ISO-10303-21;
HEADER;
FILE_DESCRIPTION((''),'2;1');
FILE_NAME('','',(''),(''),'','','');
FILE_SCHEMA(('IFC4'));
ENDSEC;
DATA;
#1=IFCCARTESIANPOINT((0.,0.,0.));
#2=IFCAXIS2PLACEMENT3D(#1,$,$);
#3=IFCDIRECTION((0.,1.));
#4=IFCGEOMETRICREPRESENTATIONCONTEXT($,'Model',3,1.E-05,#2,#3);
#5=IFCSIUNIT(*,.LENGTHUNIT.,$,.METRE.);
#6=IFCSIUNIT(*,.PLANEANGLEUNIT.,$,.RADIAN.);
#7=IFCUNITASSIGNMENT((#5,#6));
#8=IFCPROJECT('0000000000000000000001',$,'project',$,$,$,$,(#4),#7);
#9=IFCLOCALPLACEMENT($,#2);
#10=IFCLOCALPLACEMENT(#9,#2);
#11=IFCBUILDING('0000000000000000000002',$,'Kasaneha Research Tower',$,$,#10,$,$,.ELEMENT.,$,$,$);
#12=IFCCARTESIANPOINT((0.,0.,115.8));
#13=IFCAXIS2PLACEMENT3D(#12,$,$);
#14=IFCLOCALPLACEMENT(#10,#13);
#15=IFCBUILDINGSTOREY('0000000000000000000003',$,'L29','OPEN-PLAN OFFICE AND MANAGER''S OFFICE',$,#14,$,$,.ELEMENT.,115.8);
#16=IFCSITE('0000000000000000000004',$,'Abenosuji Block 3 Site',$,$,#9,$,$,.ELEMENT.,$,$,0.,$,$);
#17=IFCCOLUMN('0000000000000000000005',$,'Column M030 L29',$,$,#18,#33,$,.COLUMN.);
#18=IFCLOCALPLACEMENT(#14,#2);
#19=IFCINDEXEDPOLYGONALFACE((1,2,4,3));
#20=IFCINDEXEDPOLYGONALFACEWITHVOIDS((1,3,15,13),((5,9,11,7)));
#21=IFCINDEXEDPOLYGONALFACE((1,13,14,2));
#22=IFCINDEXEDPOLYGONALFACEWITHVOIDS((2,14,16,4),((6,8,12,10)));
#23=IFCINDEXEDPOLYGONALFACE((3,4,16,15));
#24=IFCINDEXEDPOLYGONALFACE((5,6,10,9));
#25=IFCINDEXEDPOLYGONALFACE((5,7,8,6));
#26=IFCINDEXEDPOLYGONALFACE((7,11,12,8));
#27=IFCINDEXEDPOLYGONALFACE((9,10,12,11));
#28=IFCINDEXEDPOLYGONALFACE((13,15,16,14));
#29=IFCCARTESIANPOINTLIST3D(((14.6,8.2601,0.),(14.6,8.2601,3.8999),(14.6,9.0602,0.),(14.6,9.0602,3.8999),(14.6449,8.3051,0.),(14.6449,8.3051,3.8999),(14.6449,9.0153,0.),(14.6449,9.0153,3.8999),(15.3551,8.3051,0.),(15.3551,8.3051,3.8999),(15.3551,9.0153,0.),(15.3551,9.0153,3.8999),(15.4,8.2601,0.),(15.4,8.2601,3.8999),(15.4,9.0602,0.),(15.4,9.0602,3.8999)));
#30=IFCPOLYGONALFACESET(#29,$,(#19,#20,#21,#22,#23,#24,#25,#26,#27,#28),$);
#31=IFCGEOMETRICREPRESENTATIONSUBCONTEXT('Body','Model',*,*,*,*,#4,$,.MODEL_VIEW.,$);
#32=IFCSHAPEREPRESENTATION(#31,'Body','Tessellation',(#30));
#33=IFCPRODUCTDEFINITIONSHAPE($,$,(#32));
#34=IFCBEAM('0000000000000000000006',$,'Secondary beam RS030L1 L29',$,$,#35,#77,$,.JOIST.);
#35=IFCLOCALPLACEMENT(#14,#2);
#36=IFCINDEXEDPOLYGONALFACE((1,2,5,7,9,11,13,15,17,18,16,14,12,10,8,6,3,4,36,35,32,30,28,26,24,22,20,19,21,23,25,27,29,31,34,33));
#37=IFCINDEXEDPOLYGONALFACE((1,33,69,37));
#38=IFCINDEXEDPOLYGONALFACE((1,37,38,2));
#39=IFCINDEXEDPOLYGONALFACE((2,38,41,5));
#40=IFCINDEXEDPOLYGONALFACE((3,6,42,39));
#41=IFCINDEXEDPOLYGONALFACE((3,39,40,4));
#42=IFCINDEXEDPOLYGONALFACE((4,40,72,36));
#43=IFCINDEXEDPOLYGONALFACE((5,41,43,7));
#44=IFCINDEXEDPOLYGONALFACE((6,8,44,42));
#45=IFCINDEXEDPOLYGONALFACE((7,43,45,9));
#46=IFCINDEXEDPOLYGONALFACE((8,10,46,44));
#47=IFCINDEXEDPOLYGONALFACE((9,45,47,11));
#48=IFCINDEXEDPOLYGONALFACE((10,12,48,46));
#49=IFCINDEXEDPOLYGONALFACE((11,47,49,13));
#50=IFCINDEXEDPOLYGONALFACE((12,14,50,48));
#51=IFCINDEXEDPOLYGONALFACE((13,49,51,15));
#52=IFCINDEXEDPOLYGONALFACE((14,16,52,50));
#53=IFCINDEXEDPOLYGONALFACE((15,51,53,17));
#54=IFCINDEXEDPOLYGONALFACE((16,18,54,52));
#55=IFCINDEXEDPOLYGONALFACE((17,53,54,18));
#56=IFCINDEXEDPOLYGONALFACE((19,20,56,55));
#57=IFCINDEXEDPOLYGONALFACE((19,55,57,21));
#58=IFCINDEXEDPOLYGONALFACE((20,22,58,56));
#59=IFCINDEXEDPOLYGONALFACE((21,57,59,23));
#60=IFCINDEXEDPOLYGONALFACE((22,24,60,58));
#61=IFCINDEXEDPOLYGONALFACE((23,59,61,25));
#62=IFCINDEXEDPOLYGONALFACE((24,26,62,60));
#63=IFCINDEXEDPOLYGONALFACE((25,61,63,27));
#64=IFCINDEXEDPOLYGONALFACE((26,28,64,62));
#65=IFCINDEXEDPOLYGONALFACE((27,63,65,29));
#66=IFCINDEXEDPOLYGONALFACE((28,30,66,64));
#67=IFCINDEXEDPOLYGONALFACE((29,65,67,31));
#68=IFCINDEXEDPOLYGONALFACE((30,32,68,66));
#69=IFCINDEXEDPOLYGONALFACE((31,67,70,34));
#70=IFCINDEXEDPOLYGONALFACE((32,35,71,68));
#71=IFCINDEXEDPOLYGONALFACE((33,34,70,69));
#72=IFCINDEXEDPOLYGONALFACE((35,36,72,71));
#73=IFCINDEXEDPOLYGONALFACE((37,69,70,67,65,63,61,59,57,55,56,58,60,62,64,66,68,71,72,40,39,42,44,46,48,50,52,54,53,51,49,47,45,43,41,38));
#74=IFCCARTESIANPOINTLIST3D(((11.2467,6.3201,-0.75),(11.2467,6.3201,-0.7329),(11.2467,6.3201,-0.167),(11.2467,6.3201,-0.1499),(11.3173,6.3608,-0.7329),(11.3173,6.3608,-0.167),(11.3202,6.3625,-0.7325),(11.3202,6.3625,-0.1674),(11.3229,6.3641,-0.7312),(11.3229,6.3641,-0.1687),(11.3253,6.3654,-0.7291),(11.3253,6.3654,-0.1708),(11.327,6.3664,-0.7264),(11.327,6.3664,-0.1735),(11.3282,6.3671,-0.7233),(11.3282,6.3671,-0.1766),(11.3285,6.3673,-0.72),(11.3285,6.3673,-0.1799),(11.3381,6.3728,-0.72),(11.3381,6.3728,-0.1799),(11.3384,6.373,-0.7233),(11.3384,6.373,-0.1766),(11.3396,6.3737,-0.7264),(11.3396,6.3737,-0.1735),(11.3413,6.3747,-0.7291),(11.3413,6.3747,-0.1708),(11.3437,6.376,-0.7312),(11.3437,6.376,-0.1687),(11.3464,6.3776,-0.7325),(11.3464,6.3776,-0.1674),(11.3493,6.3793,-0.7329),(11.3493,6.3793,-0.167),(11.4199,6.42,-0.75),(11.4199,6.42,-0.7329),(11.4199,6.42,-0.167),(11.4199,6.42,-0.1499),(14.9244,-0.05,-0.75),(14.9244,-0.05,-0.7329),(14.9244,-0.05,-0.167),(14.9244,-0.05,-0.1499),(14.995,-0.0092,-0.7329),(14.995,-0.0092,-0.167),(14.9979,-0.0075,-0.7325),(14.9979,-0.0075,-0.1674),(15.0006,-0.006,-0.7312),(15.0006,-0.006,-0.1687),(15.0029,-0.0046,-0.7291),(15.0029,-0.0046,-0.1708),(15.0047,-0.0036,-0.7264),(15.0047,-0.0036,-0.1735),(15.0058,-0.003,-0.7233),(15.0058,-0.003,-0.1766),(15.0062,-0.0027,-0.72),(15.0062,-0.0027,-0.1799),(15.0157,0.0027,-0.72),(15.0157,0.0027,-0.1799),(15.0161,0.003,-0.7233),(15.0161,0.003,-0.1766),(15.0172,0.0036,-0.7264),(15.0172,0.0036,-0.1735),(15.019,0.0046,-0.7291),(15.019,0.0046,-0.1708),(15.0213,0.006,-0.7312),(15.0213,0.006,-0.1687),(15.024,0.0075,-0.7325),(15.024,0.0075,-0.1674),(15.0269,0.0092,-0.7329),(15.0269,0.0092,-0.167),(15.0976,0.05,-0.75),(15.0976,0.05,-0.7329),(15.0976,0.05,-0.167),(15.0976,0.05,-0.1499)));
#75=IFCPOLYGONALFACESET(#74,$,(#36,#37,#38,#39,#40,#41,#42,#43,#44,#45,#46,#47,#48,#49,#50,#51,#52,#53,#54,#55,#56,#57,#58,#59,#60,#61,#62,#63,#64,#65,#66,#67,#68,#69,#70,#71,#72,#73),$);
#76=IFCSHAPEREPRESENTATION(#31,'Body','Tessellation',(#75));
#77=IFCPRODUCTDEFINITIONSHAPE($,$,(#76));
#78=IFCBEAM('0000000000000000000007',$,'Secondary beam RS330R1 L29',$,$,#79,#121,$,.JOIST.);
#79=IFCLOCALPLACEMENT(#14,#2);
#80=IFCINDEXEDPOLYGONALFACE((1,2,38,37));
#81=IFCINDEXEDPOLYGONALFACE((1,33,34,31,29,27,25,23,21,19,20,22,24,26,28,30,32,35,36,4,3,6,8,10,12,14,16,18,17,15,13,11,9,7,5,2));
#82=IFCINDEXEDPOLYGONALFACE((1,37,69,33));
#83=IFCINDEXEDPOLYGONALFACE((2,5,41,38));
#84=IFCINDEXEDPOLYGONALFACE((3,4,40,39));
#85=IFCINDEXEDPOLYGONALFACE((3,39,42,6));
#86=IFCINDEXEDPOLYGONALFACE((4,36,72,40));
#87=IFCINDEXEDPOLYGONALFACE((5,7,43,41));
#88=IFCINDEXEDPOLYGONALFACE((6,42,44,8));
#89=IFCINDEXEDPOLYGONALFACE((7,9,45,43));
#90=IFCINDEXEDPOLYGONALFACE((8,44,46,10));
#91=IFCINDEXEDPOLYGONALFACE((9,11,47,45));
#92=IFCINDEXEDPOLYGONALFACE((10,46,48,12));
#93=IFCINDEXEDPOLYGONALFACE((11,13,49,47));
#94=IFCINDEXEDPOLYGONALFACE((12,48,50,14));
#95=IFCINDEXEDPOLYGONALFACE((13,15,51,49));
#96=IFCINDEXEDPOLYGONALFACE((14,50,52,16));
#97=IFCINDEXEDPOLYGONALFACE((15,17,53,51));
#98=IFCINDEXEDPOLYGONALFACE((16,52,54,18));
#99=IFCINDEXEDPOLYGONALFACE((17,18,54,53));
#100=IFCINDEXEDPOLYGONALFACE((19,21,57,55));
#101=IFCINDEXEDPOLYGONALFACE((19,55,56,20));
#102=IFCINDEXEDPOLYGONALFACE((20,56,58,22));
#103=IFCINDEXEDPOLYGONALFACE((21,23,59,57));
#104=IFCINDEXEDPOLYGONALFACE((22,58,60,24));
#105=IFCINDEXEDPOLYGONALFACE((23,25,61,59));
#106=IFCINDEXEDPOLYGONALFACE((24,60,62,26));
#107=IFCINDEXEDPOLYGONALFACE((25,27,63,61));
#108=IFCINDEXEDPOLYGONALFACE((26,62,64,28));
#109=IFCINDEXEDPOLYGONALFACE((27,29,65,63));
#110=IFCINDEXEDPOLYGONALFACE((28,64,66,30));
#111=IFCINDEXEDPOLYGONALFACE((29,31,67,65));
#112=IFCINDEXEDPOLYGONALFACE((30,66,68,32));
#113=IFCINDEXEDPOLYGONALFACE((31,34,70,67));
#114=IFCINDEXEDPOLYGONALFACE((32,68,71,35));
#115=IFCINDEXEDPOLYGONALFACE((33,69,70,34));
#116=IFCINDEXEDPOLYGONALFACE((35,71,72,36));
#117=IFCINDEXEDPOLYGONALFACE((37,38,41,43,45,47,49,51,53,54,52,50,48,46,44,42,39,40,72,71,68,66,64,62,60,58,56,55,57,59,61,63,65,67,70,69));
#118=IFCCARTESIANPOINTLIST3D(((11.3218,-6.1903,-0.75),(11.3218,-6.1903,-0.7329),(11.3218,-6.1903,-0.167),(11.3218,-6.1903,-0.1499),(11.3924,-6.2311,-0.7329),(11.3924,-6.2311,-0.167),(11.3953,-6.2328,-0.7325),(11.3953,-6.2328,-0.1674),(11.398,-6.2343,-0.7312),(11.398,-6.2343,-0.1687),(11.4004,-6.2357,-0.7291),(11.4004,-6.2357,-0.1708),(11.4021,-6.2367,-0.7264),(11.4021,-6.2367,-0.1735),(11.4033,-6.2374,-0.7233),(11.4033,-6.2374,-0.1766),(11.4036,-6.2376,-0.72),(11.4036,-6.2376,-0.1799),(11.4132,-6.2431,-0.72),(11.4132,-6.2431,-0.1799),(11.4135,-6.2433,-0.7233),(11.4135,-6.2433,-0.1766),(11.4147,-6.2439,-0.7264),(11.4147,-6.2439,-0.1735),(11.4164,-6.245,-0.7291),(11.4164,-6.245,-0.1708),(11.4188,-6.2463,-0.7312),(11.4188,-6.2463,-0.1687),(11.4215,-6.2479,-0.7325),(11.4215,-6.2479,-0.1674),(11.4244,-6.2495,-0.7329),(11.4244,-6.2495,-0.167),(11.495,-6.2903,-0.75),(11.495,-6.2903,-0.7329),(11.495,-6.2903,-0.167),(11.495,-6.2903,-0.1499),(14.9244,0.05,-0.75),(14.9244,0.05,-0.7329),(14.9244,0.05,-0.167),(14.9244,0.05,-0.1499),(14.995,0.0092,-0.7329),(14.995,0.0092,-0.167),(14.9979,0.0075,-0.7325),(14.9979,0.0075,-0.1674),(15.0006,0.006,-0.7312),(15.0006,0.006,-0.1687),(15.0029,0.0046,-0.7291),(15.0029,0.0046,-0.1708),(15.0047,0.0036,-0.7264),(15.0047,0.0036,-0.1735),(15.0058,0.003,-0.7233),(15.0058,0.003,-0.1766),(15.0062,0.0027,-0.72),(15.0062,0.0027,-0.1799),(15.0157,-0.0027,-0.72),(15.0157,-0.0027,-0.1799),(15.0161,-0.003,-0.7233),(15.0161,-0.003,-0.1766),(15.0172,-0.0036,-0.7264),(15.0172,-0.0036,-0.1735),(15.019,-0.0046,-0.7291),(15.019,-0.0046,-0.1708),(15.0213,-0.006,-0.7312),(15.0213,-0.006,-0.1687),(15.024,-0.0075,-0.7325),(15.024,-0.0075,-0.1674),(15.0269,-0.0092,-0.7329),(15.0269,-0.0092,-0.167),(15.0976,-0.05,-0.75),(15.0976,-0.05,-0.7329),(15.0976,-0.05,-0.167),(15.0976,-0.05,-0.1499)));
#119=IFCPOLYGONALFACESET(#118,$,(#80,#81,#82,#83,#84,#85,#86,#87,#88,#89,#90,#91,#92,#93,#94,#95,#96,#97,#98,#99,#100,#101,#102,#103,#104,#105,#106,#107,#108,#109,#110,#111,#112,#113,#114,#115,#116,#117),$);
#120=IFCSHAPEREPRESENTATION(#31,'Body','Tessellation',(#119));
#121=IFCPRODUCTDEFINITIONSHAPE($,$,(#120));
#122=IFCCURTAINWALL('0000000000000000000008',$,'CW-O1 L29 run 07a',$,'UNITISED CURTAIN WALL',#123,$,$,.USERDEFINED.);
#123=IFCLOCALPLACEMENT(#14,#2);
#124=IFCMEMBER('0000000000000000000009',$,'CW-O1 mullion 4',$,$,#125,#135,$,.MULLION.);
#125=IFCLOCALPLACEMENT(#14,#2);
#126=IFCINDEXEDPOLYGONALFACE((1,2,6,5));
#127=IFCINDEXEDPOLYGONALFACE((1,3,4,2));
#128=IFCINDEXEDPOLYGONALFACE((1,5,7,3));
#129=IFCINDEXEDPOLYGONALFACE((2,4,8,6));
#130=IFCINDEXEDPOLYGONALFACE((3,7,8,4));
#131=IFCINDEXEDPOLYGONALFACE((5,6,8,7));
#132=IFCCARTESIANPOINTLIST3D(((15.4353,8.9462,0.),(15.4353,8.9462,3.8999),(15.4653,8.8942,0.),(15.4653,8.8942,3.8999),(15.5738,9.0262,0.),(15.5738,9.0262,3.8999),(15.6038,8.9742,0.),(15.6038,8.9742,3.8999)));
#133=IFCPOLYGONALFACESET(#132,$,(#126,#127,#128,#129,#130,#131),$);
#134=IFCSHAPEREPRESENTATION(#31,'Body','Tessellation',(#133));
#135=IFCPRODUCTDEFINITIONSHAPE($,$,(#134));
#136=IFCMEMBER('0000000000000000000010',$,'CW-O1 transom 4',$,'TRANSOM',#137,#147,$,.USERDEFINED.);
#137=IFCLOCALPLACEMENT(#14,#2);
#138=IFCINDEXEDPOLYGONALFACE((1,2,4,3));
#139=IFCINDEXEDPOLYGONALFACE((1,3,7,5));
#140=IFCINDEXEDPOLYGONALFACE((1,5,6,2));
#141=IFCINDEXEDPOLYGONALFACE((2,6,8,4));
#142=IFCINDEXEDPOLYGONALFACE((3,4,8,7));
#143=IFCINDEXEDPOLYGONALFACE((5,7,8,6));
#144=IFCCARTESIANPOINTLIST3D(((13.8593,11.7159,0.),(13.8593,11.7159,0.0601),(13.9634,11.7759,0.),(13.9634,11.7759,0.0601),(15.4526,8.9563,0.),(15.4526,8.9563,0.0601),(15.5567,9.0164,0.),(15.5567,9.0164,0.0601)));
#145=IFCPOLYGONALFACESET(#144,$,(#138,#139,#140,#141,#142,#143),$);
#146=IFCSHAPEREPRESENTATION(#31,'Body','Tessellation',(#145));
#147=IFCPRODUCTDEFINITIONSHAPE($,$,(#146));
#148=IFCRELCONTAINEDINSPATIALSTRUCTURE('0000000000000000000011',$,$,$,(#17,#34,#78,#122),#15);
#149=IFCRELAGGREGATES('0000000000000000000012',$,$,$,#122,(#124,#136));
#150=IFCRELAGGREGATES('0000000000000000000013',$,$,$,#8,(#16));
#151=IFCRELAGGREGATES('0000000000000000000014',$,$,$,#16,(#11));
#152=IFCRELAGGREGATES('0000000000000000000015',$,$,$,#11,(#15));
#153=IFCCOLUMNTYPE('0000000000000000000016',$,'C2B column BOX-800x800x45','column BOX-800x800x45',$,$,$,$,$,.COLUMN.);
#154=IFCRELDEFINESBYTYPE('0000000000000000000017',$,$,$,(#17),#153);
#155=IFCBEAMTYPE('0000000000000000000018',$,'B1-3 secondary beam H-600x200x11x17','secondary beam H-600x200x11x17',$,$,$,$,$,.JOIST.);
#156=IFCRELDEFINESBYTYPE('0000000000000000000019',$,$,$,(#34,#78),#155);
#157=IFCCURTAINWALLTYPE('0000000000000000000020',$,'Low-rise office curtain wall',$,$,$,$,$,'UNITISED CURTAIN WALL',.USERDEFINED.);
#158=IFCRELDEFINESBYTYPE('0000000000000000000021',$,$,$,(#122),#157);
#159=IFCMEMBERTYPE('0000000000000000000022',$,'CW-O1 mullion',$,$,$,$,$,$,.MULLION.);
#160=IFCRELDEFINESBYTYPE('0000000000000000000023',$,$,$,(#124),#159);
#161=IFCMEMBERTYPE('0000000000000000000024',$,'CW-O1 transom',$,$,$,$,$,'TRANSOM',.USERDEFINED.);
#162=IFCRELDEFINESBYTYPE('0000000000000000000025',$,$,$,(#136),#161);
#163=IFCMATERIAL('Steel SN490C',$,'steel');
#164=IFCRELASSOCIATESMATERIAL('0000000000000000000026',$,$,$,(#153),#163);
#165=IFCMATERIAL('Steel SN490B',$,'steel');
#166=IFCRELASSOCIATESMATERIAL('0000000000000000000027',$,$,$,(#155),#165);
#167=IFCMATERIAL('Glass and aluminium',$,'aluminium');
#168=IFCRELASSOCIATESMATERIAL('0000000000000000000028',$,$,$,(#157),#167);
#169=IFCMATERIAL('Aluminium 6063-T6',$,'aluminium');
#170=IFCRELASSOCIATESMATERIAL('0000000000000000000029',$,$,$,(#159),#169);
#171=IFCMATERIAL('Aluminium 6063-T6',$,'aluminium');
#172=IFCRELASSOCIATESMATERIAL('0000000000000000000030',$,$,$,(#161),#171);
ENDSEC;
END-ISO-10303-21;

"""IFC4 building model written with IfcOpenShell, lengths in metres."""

from ifc_helpers import new_model, si_unit, direction, frame, origin, origin_2d, place, context, subcontext, project, spatial, rectangle, hollow_rectangle, i_section, extrude, material, material_profile, profile_set, type_object, element, aggregate, save


model = new_model("IFC4")

# Units and contexts
model_context = context("Model", 3, precision=1e-05, world=origin(), true_north=direction((0.0, 1.0)))
body_context = subcontext(model_context, "Body", "Model", "MODEL_VIEW")
ifc_project = project(units=[si_unit("LENGTHUNIT", "METRE"), si_unit("PLANEANGLEUNIT", "RADIAN")], contexts=[model_context])

# Site, building, storey
site_placement = place(None, origin())
site = spatial("IfcSite", under=ifc_project, at=site_placement, Name="Abenosuji Block 3 Site", CompositionType="ELEMENT", RefElevation=0.0)
building_placement = place(site_placement, origin())
building = spatial("IfcBuilding", under=site, at=building_placement, Name="Kasaneha Research Tower", CompositionType="ELEMENT")
storey_placement = place(building_placement, frame((0.0, 0.0, 115.8)))
storey = spatial("IfcBuildingStorey", under=building, at=storey_placement, Name="L29", Description="OPEN-PLAN OFFICE AND MANAGER'S OFFICE", CompositionType="ELEMENT", Elevation=115.8)

# Column
ifc_material_1 = material(Name="Steel SN490C", Category="steel")
ifc_material_profile_1 = material_profile(ifc_material_1, hollow_rectangle(XDim=0.8, YDim=0.8, WallThickness=0.0449, at=origin_2d()), Name="BOX-800x800x45")
ifc_profile_set_1 = profile_set([ifc_material_profile_1], Name="Steel SN490C")
column_type = type_object("IfcColumnType", Name="C2B column BOX-800x800x45", Description="column BOX-800x800x45", PredefinedType="COLUMN", material=ifc_profile_set_1)
column_placement = place(storey_placement, frame((15.0, 8.6602, 0.0), z_axis=(0.0, 0.0, 1.0), x_axis=(1.0, 0.0, 0.0)))
element("IfcColumn", 1, at=column_placement, inside=storey, type_object=column_type, Name="Column M030 L29", PredefinedType="COLUMN", context=body_context, shape_type="SweptSolid", body=[
    extrude(hollow_rectangle(XDim=0.8, YDim=0.8, WallThickness=0.0449, at=origin_2d()), origin(), (0.0, 0.0, 1.0), 3.8999),
])

# Beams
ifc_material_2 = material(Name="Steel SN490B", Category="steel")
ifc_material_profile_2 = material_profile(ifc_material_2, i_section(OverallWidth=0.2, OverallDepth=0.6001, WebThickness=0.011, FlangeThickness=0.0171, FilletRadius=0.0129, at=origin_2d()), Name="H-600x200x11x17")
ifc_profile_set_2 = profile_set([ifc_material_profile_2], Name="Steel SN490B")
beam_type_1 = type_object("IfcBeamType", Name="B1-3 secondary beam H-600x200x11x17", Description="secondary beam H-600x200x11x17", PredefinedType="JOIST", material=ifc_profile_set_2)
beam_1_placement = place(storey_placement, frame((15.011, 0.0, -0.45), z_axis=(-0.499994, 0.866029, 0.0), x_axis=(-0.866029, -0.499994, 0.0)))
element("IfcBeam", 2, at=beam_1_placement, inside=storey, type_object=beam_type_1, Name="Secondary beam RS030L1 L29", PredefinedType="JOIST", context=body_context, shape_type="SweptSolid", body=[
    extrude(i_section(OverallWidth=0.2, OverallDepth=0.6001, WebThickness=0.011, FlangeThickness=0.0171, FilletRadius=0.0129, at=origin_2d()), origin(), (0.0, 0.0, 1.0), 7.3555),
])
beam_2_placement = place(storey_placement, frame((15.011, 0.0, -0.45), z_axis=(-0.499973, -0.866041, 0.0), x_axis=(0.866041, -0.499973, 0.0)))
element("IfcBeam", 3, at=beam_2_placement, inside=storey, type_object=beam_type_1, Name="Secondary beam RS330R1 L29", PredefinedType="JOIST", context=body_context, shape_type="SweptSolid", body=[
    extrude(i_section(OverallWidth=0.2, OverallDepth=0.6001, WebThickness=0.011, FlangeThickness=0.0171, FilletRadius=0.0129, at=origin_2d()), origin(), (0.0, 0.0, 1.0), 7.2056),
])

# Curtain wall, members
ifc_material_3 = material(Name="Glass and aluminium", Category="aluminium")
curtain_wall_type = type_object("IfcCurtainWallType", Name="Low-rise office curtain wall", ElementType="UNITISED CURTAIN WALL", PredefinedType="USERDEFINED", material=ifc_material_3)
curtain_wall_placement = place(storey_placement, origin())
curtain_wall = element("IfcCurtainWall", 4, at=curtain_wall_placement, inside=storey, type_object=curtain_wall_type, Name="CW-O1 L29 run 07a", ObjectType="UNITISED CURTAIN WALL", PredefinedType="USERDEFINED")
ifc_material_4 = material(Name="Aluminium 6063-T6", Category="aluminium")
ifc_material_profile_3 = material_profile(ifc_material_4, rectangle(XDim=0.0601, YDim=0.1599, at=origin_2d()), Name="CW-O1 mullion 60x160")
ifc_profile_set_3 = profile_set([ifc_material_profile_3], Name="Aluminium 6063-T6")
member_type_1 = type_object("IfcMemberType", Name="CW-O1 mullion", PredefinedType="MULLION", material=ifc_profile_set_3)
member_1_placement = place(storey_placement, frame((15.5195, 8.9602, 0.0), z_axis=(0.0, 0.0, 1.0), x_axis=(-0.5, 0.866025, 0.0)))
member_1 = element("IfcMember", 5, at=member_1_placement, type_object=member_type_1, Name="CW-O1 mullion 4", PredefinedType="MULLION", context=body_context, shape_type="SweptSolid", body=[
    extrude(rectangle(XDim=0.0601, YDim=0.1599, at=origin_2d()), origin(), (0.0, 0.0, 1.0), 3.8999),
])
ifc_material_5 = material(Name="Aluminium 6063-T6", Category="aluminium")
ifc_material_profile_4 = material_profile(ifc_material_5, rectangle(XDim=0.1201, YDim=0.0601, at=origin_2d()), Name="CW-O1 transom 120x60")
ifc_profile_set_4 = profile_set([ifc_material_profile_4], Name="Aluminium 6063-T6")
member_type_2 = type_object("IfcMemberType", Name="CW-O1 transom", ElementType="TRANSOM", PredefinedType="USERDEFINED", material=ifc_profile_set_4)
member_2_placement = place(storey_placement, frame((15.5046, 8.9863, 0.03), z_axis=(-0.500012, 0.866018, 0.0), x_axis=(-0.866018, -0.500012, 0.0)))
member_2 = element("IfcMember", 6, at=member_2_placement, type_object=member_type_2, Name="CW-O1 transom 4", ObjectType="TRANSOM", PredefinedType="USERDEFINED", context=body_context, shape_type="SweptSolid", body=[
    extrude(rectangle(XDim=0.1201, YDim=0.0601, at=origin_2d()), origin(), (0.0, 0.0, 1.0), 3.1865),
])

aggregate(curtain_wall, [member_1, member_2])

save(model, "model.ifc")
